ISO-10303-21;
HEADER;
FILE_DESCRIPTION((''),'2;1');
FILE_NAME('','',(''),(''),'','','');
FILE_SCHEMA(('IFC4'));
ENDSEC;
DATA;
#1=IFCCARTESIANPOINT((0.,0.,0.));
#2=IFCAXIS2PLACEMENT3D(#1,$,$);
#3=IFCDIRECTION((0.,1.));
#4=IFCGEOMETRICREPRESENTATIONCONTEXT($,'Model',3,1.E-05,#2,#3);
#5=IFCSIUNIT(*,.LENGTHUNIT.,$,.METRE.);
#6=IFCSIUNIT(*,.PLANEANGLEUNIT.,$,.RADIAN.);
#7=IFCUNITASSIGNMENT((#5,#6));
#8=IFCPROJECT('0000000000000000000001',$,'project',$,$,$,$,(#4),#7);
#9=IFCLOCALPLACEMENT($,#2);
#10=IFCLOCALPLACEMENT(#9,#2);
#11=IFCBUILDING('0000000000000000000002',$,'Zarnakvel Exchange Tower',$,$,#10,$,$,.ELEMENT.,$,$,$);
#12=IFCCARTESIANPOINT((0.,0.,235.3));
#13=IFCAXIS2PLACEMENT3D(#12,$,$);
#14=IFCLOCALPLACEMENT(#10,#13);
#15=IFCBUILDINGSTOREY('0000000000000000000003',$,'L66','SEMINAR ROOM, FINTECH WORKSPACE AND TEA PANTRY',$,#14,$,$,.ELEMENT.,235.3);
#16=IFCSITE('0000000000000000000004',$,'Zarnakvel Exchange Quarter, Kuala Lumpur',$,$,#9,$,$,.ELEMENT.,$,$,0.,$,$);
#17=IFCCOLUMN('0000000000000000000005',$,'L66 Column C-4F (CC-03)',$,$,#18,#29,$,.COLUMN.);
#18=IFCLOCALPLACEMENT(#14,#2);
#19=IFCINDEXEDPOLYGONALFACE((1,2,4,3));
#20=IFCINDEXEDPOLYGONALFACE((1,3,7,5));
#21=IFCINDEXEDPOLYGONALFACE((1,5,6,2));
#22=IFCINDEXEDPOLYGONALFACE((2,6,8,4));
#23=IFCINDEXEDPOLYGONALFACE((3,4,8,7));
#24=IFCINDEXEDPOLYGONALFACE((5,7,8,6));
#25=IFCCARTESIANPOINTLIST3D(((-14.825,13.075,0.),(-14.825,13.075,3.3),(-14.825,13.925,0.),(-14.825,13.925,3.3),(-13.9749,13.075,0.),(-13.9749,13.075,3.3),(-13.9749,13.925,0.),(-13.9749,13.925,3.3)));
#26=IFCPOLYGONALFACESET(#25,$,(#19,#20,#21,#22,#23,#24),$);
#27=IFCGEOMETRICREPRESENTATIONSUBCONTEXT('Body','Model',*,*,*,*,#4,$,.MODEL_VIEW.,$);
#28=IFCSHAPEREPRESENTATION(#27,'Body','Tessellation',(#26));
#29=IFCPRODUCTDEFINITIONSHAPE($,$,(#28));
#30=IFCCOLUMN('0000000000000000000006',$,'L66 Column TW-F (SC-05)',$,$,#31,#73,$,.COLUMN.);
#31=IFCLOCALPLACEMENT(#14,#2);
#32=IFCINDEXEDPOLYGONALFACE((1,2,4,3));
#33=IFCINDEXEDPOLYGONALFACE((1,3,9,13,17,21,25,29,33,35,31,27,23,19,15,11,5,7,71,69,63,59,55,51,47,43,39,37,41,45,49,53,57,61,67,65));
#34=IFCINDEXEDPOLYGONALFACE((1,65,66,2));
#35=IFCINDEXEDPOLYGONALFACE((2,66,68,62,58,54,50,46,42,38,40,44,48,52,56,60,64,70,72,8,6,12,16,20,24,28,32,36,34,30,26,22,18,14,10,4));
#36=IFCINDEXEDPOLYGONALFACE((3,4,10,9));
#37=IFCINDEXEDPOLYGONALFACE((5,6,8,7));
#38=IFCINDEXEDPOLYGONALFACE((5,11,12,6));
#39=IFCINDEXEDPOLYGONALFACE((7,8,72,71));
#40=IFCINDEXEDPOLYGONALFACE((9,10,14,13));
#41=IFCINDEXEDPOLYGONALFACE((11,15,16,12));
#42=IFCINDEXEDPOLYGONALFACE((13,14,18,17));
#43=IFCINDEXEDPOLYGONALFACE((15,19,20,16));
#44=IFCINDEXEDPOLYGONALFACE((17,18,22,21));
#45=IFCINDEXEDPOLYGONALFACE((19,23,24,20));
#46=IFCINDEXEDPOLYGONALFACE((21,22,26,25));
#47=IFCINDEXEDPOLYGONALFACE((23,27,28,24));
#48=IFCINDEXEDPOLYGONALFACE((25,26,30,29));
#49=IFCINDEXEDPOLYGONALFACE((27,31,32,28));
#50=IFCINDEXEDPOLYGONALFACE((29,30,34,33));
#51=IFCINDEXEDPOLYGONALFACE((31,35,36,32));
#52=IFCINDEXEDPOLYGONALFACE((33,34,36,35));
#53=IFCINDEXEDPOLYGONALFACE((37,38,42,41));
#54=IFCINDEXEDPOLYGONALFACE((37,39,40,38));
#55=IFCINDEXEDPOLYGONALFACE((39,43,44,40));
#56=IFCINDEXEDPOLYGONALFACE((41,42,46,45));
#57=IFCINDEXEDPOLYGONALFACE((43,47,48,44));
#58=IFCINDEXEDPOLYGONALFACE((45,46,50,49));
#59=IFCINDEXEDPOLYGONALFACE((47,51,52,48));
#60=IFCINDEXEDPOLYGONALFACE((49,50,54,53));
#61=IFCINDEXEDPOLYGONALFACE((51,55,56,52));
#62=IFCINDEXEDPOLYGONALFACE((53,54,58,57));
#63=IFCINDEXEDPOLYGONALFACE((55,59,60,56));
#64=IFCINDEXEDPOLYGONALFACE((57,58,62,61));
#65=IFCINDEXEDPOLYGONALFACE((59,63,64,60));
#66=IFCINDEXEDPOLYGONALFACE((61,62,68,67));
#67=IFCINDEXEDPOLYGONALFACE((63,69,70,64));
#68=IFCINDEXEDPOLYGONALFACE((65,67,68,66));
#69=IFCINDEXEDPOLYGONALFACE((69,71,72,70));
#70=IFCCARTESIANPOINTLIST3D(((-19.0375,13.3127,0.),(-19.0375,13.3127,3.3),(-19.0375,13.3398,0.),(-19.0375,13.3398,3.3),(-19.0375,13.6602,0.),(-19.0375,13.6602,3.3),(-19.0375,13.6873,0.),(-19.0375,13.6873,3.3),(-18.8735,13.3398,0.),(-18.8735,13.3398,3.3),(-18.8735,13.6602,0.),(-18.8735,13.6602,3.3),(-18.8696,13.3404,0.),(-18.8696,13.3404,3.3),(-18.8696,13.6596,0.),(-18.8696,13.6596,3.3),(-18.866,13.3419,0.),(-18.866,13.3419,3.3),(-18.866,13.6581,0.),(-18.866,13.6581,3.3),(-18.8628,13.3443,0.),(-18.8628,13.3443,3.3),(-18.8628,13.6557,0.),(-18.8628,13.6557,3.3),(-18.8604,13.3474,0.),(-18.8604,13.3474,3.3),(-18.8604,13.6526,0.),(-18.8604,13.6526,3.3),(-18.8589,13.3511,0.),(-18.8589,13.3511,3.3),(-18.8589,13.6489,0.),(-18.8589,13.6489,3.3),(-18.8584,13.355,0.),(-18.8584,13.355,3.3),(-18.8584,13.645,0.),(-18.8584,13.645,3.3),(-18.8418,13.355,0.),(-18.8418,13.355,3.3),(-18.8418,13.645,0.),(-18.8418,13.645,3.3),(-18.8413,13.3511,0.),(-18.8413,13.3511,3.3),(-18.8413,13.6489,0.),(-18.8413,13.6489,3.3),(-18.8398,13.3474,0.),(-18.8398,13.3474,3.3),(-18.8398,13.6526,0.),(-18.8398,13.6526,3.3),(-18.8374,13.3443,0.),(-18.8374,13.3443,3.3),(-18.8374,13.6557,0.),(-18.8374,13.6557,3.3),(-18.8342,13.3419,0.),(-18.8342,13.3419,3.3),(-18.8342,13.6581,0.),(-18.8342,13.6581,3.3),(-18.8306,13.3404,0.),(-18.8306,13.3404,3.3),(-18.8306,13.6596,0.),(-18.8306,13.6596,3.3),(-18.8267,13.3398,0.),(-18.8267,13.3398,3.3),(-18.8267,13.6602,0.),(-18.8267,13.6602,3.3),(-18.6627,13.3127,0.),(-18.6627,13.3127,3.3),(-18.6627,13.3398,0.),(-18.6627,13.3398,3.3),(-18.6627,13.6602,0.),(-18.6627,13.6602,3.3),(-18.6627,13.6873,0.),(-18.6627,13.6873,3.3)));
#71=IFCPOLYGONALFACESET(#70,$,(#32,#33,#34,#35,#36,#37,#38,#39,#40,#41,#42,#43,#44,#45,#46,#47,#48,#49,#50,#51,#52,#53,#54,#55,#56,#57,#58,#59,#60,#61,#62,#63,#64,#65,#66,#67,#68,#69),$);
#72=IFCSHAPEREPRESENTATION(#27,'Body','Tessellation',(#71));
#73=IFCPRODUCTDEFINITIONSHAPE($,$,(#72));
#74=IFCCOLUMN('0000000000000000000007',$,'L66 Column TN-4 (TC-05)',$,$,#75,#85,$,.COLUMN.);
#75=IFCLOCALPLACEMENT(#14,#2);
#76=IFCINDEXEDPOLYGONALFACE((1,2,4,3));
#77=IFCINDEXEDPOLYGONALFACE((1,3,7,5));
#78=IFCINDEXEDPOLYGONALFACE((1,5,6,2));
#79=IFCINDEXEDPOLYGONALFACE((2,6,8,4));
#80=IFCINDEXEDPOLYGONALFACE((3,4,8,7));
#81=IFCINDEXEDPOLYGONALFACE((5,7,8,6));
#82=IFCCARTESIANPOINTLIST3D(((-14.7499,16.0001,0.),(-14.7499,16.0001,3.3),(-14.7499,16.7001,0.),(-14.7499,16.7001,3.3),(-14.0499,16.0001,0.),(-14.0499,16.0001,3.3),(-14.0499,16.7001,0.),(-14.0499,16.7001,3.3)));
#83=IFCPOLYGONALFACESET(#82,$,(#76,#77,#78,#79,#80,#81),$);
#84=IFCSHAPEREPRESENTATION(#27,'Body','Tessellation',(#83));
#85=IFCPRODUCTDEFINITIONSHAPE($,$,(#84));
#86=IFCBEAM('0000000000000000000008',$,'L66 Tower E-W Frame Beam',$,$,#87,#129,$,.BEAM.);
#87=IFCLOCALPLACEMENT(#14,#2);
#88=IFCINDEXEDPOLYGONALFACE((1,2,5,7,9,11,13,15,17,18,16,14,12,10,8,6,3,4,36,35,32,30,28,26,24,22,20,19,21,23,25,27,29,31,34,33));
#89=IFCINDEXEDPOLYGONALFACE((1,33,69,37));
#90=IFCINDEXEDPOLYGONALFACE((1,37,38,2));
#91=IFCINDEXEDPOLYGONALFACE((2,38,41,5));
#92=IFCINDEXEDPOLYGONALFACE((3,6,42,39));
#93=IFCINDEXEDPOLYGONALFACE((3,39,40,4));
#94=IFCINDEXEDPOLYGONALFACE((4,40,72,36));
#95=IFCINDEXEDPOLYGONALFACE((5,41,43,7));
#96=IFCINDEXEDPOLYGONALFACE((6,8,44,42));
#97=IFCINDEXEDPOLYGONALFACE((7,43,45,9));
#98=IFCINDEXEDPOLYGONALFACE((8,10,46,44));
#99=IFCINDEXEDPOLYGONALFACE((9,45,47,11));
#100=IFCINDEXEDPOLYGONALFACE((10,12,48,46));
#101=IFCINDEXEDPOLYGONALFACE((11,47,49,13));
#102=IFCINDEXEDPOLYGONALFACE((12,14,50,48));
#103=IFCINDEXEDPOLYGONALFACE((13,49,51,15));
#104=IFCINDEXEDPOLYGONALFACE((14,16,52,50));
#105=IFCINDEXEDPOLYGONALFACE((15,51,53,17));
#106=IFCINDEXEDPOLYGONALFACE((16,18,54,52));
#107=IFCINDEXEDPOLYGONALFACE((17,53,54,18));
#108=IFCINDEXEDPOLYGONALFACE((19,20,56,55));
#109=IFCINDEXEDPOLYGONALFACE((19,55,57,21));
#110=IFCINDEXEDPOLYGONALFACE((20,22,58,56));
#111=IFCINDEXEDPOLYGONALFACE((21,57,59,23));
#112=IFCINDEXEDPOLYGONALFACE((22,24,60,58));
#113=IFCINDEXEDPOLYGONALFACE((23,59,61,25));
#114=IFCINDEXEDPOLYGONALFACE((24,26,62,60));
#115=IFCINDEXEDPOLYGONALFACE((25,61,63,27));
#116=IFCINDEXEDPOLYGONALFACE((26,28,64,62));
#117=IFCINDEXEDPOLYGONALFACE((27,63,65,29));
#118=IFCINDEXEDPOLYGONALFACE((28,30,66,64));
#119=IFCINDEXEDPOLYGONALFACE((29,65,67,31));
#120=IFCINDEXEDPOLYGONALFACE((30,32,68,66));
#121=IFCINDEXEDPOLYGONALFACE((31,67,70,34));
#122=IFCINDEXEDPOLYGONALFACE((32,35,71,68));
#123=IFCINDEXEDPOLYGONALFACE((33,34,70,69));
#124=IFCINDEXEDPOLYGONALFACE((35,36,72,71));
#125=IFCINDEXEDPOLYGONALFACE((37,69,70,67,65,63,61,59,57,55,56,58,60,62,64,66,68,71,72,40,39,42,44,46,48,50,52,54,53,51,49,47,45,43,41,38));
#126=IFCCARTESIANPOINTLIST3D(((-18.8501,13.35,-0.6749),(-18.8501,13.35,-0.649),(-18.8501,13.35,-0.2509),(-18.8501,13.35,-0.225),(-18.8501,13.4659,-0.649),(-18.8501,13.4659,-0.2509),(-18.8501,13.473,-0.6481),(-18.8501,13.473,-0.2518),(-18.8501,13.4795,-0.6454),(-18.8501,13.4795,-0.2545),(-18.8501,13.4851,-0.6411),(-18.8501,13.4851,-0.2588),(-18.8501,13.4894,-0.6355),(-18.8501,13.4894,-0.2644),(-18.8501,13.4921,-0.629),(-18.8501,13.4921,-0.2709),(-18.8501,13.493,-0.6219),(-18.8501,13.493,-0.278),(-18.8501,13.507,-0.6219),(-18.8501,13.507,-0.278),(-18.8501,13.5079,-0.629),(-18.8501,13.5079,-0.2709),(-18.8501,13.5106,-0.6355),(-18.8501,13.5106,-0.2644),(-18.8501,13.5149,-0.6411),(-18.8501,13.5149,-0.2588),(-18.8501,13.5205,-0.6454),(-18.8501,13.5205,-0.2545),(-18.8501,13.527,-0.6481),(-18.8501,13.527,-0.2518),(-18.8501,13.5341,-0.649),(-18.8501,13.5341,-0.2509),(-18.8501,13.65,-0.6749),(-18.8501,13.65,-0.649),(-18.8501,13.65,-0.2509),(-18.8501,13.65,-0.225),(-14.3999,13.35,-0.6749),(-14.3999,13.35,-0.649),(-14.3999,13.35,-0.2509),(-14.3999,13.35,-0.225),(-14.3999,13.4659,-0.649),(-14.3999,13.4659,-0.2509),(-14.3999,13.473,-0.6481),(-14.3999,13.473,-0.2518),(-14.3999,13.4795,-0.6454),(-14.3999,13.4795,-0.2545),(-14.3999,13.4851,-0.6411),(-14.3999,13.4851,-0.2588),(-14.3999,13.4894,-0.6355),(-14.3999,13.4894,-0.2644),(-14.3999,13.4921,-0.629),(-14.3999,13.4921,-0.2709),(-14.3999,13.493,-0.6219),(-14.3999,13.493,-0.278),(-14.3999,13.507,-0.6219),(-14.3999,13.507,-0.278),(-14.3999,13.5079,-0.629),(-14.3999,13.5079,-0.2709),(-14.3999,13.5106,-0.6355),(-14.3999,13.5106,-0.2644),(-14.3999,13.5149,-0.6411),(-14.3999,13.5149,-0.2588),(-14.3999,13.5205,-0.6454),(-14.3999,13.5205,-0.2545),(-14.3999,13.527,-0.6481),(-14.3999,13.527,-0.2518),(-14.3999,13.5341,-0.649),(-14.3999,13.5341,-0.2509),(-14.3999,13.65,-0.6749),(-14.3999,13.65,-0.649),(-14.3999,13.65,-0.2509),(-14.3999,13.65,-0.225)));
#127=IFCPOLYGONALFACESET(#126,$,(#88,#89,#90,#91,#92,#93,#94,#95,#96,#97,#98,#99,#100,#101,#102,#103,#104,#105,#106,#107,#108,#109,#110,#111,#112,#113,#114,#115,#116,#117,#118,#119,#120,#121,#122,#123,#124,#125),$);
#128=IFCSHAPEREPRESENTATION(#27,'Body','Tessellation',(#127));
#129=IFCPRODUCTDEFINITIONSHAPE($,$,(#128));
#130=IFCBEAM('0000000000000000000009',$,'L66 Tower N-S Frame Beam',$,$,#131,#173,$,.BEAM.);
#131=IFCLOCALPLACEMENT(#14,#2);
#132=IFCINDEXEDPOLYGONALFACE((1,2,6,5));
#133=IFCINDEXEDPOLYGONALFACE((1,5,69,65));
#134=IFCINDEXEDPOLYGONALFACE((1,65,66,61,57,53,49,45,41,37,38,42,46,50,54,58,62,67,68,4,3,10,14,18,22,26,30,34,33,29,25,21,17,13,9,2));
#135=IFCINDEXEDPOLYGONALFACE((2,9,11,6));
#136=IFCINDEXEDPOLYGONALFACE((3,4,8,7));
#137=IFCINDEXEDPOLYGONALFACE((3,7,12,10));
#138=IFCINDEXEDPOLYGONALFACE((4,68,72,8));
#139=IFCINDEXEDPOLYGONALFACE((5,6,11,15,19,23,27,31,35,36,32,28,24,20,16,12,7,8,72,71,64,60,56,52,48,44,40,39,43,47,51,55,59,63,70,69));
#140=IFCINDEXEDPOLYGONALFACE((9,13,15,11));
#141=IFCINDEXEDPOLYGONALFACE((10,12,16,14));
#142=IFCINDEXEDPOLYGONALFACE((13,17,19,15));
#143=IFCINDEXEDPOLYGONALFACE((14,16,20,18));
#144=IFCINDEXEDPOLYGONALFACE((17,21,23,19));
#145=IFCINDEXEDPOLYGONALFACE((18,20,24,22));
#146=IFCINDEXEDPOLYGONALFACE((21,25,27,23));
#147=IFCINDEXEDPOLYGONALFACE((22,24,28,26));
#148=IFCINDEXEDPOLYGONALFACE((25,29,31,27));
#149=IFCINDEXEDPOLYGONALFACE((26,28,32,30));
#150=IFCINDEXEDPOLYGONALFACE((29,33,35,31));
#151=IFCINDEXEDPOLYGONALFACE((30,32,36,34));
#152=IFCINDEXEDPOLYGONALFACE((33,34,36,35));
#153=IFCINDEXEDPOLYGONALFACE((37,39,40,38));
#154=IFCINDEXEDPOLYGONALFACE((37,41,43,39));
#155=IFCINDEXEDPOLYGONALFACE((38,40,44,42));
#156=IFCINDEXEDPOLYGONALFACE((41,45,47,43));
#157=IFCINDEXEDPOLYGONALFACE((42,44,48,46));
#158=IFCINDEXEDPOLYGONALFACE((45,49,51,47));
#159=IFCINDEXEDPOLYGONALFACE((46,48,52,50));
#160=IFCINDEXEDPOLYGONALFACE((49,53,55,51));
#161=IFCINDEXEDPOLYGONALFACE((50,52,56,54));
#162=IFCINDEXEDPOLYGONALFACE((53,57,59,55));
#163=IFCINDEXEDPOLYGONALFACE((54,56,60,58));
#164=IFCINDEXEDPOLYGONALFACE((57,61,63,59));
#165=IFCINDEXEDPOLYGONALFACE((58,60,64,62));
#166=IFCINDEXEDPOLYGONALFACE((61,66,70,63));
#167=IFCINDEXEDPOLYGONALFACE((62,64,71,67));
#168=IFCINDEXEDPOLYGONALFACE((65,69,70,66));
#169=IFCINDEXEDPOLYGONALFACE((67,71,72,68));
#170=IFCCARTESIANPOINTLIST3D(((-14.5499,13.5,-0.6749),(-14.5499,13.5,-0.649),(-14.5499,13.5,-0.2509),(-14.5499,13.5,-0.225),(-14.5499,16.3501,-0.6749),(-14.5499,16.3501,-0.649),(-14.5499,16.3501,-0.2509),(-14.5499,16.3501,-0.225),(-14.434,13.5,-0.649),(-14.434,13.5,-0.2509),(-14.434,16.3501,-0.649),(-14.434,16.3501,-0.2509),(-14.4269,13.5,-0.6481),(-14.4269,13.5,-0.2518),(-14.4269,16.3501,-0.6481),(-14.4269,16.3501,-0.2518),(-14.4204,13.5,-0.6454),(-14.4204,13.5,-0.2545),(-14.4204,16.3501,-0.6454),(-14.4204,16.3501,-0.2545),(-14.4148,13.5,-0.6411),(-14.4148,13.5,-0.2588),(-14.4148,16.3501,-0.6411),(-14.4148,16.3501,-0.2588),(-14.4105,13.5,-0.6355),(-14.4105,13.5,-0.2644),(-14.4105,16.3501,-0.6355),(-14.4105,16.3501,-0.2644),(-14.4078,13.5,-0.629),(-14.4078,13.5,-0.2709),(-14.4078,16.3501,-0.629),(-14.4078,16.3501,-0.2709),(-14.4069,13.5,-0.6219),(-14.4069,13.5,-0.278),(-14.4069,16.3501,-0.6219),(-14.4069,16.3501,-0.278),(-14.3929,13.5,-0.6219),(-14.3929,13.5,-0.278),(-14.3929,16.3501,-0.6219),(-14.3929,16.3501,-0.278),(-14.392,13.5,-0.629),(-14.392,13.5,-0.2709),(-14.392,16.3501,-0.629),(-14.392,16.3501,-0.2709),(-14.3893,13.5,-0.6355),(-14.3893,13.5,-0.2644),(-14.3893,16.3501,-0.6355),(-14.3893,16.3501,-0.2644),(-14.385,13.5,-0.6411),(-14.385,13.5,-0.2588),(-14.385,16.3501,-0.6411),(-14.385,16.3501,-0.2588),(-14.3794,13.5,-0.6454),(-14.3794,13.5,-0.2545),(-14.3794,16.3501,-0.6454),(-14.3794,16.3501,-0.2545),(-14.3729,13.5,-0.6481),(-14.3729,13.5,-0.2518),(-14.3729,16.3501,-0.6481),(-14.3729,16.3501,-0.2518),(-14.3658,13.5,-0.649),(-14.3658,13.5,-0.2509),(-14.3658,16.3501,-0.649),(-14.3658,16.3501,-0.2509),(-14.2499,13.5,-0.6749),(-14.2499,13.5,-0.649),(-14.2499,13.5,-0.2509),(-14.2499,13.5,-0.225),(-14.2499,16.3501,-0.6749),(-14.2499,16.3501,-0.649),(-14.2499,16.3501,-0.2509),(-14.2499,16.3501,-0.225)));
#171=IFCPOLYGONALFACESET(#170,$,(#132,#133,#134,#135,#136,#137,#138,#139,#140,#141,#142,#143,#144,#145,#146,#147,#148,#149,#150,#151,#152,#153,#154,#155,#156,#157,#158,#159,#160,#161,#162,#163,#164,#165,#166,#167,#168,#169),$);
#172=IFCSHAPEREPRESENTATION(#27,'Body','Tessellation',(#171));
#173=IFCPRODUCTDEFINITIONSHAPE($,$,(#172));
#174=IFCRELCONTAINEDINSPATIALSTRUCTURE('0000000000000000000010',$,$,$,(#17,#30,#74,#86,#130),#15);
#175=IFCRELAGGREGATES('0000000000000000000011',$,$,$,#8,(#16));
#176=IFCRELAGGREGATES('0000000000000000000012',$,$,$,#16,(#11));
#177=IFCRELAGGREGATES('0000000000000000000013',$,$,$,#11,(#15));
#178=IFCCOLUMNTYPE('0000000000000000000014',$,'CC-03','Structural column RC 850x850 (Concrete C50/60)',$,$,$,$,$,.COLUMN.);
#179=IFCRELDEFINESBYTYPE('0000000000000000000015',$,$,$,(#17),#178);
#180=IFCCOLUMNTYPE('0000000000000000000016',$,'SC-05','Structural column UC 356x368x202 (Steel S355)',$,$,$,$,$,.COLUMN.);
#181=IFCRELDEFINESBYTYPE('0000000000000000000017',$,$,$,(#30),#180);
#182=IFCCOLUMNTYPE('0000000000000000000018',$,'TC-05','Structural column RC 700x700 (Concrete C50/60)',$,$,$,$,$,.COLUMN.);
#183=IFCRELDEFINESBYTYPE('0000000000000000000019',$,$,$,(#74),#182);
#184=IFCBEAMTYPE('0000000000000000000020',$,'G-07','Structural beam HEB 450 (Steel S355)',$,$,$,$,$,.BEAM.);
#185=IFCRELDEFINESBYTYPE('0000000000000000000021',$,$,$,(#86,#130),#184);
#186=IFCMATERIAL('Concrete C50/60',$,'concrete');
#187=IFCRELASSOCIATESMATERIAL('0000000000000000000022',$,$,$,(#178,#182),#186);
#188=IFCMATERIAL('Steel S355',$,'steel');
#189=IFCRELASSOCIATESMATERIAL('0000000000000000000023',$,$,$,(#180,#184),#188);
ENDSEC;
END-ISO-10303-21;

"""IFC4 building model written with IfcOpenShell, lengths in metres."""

from ifc_helpers import new_model, si_unit, direction, frame, origin, origin_2d, place, context, subcontext, project, spatial, rectangle, i_section, extrude, material, material_profile, profile_set, type_object, element, save


model = new_model("IFC4")

# Units and contexts
model_context = context("Model", 3, precision=1e-05, world=origin(), true_north=direction((0.0, 1.0)))
body_context = subcontext(model_context, "Body", "Model", "MODEL_VIEW")
ifc_project = project(units=[si_unit("LENGTHUNIT", "METRE"), si_unit("PLANEANGLEUNIT", "RADIAN")], contexts=[model_context])

# Site, building, storey
site_placement = place(None, origin())
site = spatial("IfcSite", under=ifc_project, at=site_placement, Name="Zarnakvel Exchange Quarter, Kuala Lumpur", CompositionType="ELEMENT", RefElevation=0.0)
building_placement = place(site_placement, origin())
building = spatial("IfcBuilding", under=site, at=building_placement, Name="Zarnakvel Exchange Tower", CompositionType="ELEMENT")
storey_placement = place(building_placement, frame((0.0, 0.0, 235.3)))
storey = spatial("IfcBuildingStorey", under=building, at=storey_placement, Name="L66", Description="SEMINAR ROOM, FINTECH WORKSPACE AND TEA PANTRY", CompositionType="ELEMENT", Elevation=235.3)

# Columns
ifc_material_1 = material(Name="Concrete C50/60", Category="concrete")
ifc_material_profile_1 = material_profile(ifc_material_1, rectangle(XDim=0.8501, YDim=0.8501, at=origin_2d()))
ifc_profile_set_1 = profile_set([ifc_material_profile_1], Name="Concrete C50/60")
column_type_1 = type_object("IfcColumnType", Name="CC-03", Description="Structural column RC 850x850 (Concrete C50/60)", PredefinedType="COLUMN", material=ifc_profile_set_1)
column_1_placement = place(storey_placement, frame((-14.3999, 13.5, 0.0), z_axis=(0.0, 0.0, 1.0), x_axis=(1.0, 0.0, 0.0)))
element("IfcColumn", 1, at=column_1_placement, inside=storey, type_object=column_type_1, Name="L66 Column C-4F (CC-03)", PredefinedType="COLUMN", context=body_context, shape_type="SweptSolid", body=[
    extrude(rectangle(XDim=0.8501, YDim=0.8501, at=origin_2d()), origin(), (0.0, 0.0, 1.0), 3.3),
])
ifc_material_2 = material(Name="Steel S355", Category="steel")
ifc_material_profile_2 = material_profile(ifc_material_2, i_section(OverallWidth=0.3748, OverallDepth=0.3745, WebThickness=0.0166, FlangeThickness=0.0271, FilletRadius=0.0151, at=origin_2d()))
ifc_profile_set_2 = profile_set([ifc_material_profile_2], Name="Steel S355")
column_type_2 = type_object("IfcColumnType", Name="SC-05", Description="Structural column UC 356x368x202 (Steel S355)", PredefinedType="COLUMN", material=ifc_profile_set_2)
column_2_placement = place(storey_placement, frame((-18.8501, 13.5, 0.0), z_axis=(0.0, 0.0, 1.0), x_axis=(1.0, 0.0, 0.0)))
element("IfcColumn", 2, at=column_2_placement, inside=storey, type_object=column_type_2, Name="L66 Column TW-F (SC-05)", PredefinedType="COLUMN", context=body_context, shape_type="SweptSolid", body=[
    extrude(i_section(OverallWidth=0.3748, OverallDepth=0.3745, WebThickness=0.0166, FlangeThickness=0.0271, FilletRadius=0.0151, at=origin_2d()), origin(), (0.0, 0.0, 1.0), 3.3),
])
ifc_material_profile_3 = material_profile(ifc_material_1, rectangle(XDim=0.7, YDim=0.7, at=origin_2d()))
ifc_profile_set_3 = profile_set([ifc_material_profile_3], Name="Concrete C50/60")
column_type_3 = type_object("IfcColumnType", Name="TC-05", Description="Structural column RC 700x700 (Concrete C50/60)", PredefinedType="COLUMN", material=ifc_profile_set_3)
column_3_placement = place(storey_placement, frame((-14.3999, 16.3501, 0.0), z_axis=(0.0, 0.0, 1.0), x_axis=(1.0, 0.0, 0.0)))
element("IfcColumn", 3, at=column_3_placement, inside=storey, type_object=column_type_3, Name="L66 Column TN-4 (TC-05)", PredefinedType="COLUMN", context=body_context, shape_type="SweptSolid", body=[
    extrude(rectangle(XDim=0.7, YDim=0.7, at=origin_2d()), origin(), (0.0, 0.0, 1.0), 3.3),
])

# Beams
ifc_material_profile_4 = material_profile(ifc_material_2, i_section(OverallWidth=0.3, OverallDepth=0.45, WebThickness=0.0139, FlangeThickness=0.0259, FilletRadius=0.0271, at=origin_2d()))
ifc_profile_set_4 = profile_set([ifc_material_profile_4], Name="Steel S355")
beam_type_1 = type_object("IfcBeamType", Name="G-07", Description="Structural beam HEB 450 (Steel S355)", PredefinedType="BEAM", material=ifc_profile_set_4)
beam_1_placement = place(storey_placement, frame((-18.8501, 13.5, -0.45), z_axis=(1.0, 0.0, 0.0), x_axis=(0.0, 1.0, 0.0)))
element("IfcBeam", 4, at=beam_1_placement, inside=storey, type_object=beam_type_1, Name="L66 Tower E-W Frame Beam", PredefinedType="BEAM", context=body_context, shape_type="SweptSolid", body=[
    extrude(i_section(OverallWidth=0.3, OverallDepth=0.45, WebThickness=0.0139, FlangeThickness=0.0259, FilletRadius=0.0271, at=origin_2d()), origin(), (0.0, 0.0, 1.0), 4.4502),
])
beam_2_placement = place(storey_placement, frame((-14.3999, 13.5, -0.45), z_axis=(0.0, 1.0, 0.0), x_axis=(-1.0, 0.0, 0.0)))
element("IfcBeam", 5, at=beam_2_placement, inside=storey, type_object=beam_type_1, Name="L66 Tower N-S Frame Beam", PredefinedType="BEAM", context=body_context, shape_type="SweptSolid", body=[
    extrude(i_section(OverallWidth=0.3, OverallDepth=0.45, WebThickness=0.0139, FlangeThickness=0.0259, FilletRadius=0.0271, at=origin_2d()), origin(), (0.0, 0.0, 1.0), 2.8501),
])

save(model, "model.ifc")
